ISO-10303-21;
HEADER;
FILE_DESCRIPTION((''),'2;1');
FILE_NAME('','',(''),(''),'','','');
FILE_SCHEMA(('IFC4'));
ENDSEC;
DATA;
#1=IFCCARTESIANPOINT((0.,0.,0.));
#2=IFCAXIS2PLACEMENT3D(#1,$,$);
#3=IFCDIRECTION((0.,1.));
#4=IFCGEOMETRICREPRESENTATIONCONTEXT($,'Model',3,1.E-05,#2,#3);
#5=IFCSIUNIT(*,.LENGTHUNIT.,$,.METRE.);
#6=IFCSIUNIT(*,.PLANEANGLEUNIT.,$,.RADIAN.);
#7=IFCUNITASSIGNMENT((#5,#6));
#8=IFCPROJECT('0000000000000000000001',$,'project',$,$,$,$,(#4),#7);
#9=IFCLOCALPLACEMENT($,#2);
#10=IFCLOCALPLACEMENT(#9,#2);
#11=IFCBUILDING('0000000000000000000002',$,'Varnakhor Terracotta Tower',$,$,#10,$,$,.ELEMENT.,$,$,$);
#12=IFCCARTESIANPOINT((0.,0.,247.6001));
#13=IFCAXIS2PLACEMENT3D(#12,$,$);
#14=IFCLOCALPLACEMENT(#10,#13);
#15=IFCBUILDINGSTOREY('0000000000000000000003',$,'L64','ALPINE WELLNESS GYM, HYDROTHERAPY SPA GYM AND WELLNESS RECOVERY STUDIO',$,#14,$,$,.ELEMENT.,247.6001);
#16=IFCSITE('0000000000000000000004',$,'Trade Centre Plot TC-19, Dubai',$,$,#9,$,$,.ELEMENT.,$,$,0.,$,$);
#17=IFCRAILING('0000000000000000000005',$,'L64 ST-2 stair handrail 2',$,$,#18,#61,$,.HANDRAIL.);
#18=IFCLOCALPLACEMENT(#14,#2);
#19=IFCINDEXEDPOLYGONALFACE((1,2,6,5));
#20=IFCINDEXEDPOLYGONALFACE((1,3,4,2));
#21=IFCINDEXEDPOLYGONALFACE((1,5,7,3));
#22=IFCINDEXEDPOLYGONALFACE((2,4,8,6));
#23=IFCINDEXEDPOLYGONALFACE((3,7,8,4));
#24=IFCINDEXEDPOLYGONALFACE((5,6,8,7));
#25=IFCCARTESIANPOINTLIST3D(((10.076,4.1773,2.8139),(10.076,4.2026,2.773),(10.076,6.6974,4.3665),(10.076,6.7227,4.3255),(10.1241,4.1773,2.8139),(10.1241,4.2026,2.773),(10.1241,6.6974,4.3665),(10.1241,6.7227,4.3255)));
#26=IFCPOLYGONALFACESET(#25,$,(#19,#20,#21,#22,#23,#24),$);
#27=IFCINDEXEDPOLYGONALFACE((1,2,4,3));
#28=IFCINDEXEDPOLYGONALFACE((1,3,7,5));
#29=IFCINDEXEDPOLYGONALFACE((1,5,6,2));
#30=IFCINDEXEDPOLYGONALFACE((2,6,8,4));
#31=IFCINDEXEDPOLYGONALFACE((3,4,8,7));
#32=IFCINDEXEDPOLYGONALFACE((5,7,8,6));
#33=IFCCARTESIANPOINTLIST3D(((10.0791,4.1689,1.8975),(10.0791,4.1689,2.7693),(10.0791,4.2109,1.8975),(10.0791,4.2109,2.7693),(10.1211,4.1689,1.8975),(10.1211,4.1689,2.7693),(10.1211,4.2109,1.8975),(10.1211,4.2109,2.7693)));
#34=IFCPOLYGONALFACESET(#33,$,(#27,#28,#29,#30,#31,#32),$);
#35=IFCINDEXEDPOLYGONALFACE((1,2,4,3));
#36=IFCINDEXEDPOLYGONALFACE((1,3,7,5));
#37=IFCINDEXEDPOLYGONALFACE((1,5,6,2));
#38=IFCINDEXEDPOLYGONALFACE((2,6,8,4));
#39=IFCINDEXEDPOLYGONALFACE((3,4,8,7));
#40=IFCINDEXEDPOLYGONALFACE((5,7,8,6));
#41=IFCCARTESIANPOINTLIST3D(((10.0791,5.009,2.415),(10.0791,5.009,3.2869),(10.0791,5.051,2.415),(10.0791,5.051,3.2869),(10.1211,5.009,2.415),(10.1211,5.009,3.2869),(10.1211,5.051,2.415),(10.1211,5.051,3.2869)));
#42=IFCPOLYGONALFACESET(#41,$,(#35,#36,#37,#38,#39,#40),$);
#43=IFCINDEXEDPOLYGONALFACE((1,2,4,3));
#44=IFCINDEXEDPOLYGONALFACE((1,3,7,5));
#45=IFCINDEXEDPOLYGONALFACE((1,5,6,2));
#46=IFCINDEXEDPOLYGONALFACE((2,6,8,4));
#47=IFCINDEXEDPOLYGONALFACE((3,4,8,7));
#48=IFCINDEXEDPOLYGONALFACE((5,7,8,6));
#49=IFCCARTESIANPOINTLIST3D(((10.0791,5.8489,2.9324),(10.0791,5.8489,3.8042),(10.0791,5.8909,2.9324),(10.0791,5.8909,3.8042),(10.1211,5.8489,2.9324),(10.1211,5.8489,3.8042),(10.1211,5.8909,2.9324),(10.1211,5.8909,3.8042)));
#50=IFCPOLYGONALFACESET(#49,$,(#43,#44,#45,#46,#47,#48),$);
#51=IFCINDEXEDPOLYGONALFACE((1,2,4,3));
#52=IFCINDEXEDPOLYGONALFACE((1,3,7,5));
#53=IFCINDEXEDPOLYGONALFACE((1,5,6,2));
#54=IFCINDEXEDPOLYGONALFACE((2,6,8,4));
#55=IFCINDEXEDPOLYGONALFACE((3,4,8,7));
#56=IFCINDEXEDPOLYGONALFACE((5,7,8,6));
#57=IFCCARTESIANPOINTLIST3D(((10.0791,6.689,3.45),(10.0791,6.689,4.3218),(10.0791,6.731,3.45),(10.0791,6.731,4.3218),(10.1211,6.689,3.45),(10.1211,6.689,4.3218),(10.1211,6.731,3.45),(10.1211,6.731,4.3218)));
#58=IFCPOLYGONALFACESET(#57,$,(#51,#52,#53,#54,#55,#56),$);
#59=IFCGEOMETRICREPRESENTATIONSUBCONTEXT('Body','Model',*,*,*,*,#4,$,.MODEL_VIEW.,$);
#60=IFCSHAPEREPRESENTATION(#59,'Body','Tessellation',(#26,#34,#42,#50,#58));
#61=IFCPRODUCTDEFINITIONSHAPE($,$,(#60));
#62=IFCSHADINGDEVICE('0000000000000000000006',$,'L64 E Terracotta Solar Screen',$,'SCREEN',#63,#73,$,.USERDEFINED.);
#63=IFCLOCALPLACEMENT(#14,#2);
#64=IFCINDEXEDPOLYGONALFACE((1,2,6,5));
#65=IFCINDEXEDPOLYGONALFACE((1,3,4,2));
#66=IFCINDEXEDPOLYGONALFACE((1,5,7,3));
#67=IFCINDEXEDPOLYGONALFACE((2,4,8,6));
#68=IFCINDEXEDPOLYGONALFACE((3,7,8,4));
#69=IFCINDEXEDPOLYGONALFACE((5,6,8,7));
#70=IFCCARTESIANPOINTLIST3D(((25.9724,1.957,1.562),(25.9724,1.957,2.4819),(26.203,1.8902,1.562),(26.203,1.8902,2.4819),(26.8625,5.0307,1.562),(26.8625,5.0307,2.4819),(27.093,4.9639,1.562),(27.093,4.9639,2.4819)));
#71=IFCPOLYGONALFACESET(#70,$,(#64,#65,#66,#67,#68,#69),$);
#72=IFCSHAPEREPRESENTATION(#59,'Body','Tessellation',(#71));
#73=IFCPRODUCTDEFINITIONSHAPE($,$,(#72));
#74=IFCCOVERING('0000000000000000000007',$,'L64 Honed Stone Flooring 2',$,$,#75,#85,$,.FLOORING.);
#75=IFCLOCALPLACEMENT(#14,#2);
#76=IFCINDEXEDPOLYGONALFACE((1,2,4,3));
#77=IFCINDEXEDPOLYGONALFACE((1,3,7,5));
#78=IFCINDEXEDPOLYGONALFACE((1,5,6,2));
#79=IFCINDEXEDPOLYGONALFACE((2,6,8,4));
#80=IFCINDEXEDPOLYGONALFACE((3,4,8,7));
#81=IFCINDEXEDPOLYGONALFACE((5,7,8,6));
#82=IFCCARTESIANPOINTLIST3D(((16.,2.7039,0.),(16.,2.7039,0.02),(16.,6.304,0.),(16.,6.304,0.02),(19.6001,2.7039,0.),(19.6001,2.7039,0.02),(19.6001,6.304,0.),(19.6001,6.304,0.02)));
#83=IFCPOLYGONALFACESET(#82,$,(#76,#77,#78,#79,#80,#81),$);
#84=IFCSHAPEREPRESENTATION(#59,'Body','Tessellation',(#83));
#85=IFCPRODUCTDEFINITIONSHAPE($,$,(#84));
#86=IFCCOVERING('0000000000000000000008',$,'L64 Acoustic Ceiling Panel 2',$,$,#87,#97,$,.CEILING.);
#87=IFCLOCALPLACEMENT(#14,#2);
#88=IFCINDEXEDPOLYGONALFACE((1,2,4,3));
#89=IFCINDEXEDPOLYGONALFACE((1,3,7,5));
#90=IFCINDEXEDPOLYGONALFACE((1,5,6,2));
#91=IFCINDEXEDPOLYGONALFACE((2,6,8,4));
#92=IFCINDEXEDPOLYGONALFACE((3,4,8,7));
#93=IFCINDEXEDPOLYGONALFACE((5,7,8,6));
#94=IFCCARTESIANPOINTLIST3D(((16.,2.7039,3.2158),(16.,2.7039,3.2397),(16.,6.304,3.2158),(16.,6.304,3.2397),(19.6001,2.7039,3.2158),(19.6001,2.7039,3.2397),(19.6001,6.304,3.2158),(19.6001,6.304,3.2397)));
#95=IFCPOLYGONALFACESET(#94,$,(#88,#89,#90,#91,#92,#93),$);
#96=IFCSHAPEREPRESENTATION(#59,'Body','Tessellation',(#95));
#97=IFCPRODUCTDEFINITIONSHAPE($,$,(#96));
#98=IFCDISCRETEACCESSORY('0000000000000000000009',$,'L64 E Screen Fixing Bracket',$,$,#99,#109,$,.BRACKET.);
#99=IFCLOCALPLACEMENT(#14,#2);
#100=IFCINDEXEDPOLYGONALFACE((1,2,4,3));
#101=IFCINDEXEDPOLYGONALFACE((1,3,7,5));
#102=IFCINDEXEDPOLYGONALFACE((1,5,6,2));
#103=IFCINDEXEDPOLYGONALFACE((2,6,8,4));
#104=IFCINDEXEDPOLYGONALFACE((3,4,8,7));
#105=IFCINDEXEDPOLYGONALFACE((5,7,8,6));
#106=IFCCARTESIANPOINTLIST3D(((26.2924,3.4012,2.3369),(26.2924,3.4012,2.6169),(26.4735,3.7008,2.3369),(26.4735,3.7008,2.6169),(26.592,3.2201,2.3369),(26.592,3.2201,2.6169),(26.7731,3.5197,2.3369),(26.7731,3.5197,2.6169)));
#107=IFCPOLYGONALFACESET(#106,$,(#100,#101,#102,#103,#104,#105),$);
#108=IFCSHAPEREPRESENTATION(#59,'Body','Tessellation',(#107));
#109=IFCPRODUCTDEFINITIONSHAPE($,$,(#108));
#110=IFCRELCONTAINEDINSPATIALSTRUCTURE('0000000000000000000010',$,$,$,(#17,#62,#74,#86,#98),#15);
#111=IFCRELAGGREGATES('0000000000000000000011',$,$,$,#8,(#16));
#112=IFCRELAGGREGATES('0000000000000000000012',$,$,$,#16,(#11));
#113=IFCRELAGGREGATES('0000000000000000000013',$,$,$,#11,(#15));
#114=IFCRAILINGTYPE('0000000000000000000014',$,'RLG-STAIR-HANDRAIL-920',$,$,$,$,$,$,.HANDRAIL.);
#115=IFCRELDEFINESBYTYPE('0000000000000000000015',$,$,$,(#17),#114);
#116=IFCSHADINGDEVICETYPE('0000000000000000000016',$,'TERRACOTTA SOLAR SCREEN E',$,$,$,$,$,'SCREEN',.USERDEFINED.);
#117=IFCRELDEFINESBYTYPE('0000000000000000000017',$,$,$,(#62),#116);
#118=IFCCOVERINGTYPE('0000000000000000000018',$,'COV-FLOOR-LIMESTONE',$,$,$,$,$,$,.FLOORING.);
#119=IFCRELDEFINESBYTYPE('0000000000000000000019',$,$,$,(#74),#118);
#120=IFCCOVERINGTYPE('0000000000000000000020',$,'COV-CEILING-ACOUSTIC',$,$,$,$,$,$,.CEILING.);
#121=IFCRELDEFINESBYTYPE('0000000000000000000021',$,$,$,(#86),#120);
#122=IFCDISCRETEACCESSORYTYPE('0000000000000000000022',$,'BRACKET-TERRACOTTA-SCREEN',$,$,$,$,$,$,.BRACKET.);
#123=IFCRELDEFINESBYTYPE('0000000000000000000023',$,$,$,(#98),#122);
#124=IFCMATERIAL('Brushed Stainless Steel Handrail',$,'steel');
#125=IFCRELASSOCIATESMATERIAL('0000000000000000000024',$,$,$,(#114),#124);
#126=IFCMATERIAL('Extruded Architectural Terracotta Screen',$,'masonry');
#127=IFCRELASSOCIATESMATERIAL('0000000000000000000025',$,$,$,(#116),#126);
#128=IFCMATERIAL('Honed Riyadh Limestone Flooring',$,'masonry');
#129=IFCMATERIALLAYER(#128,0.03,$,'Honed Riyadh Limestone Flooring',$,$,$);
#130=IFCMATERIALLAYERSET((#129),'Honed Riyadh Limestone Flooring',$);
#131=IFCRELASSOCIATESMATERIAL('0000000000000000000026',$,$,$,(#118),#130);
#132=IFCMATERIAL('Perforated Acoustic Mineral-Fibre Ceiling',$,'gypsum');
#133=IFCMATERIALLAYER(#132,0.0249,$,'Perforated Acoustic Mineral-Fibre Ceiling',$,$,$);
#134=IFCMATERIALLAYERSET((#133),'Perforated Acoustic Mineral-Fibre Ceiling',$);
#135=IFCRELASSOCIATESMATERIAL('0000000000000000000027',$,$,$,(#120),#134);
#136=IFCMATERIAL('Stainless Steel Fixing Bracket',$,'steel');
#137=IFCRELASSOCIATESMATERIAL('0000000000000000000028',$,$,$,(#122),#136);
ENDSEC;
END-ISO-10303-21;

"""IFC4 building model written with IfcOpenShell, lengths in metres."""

from ifc_helpers import new_model, si_unit, direction, frame, origin, origin_2d, place, context, subcontext, project, spatial, rectangle, extrude, source, transform, mapped, material, layer, layer_set, type_object, type_shapes, element, save


model = new_model("IFC4")

# Units and contexts
model_context = context("Model", 3, precision=1e-05, world=origin(), true_north=direction((0.0, 1.0)))
body_context = subcontext(model_context, "Body", "Model", "MODEL_VIEW")
ifc_project = project(units=[si_unit("LENGTHUNIT", "METRE"), si_unit("PLANEANGLEUNIT", "RADIAN")], contexts=[model_context])

# Site, building, storey
site_placement = place(None, origin())
site = spatial("IfcSite", under=ifc_project, at=site_placement, Name="Trade Centre Plot TC-19, Dubai", CompositionType="ELEMENT", RefElevation=0.0)
building_placement = place(site_placement, origin())
building = spatial("IfcBuilding", under=site, at=building_placement, Name="Varnakhor Terracotta Tower", CompositionType="ELEMENT")
storey_placement = place(building_placement, frame((0.0, 0.0, 247.6001)))
storey = spatial("IfcBuildingStorey", under=building, at=storey_placement, Name="L64", Description="ALPINE WELLNESS GYM, HYDROTHERAPY SPA GYM AND WELLNESS RECOVERY STUDIO", CompositionType="ELEMENT", Elevation=247.6001)

# Railing
ifc_material_1 = material(Name="Brushed Stainless Steel Handrail", Category="steel")
railing_type = type_object("IfcRailingType", Name="RLG-STAIR-HANDRAIL-920", PredefinedType="HANDRAIL", material=ifc_material_1)
railing_placement = place(storey_placement, frame((10.1001, 4.1899, 1.8975)))
element("IfcRailing", 1, at=railing_placement, inside=storey, type_object=railing_type, Name="L64 ST-2 stair handrail 2", PredefinedType="HANDRAIL", context=body_context, shape_type="SweptSolid", body=[
    extrude(rectangle(XDim=0.0481, YDim=0.0481, at=origin_2d()), frame((0.0, 0.0, 0.896), z_axis=(0.0, 0.8514, 0.524516), x_axis=(-1.0, 0.0, 0.0)), (0.0, 0.0, 1.0), 2.96),
    extrude(rectangle(XDim=0.042, YDim=0.042, at=origin_2d()), origin(), (0.0, 0.0, 1.0), 0.8718),
    extrude(rectangle(XDim=0.042, YDim=0.042, at=origin_2d()), frame((0.0, 0.8401, 0.5176)), (0.0, 0.0, 1.0), 0.8718),
    extrude(rectangle(XDim=0.042, YDim=0.042, at=origin_2d()), frame((0.0, 1.6799, 1.0349)), (0.0, 0.0, 1.0), 0.8718),
    extrude(rectangle(XDim=0.042, YDim=0.042, at=origin_2d()), frame((0.0, 2.52, 1.5525)), (0.0, 0.0, 1.0), 0.8718),
])

# Shading device
ifc_material_2 = material(Name="Extruded Architectural Terracotta Screen", Category="masonry")
shading_device_type = type_object("IfcShadingDeviceType", Name="TERRACOTTA SOLAR SCREEN E", ElementType="SCREEN", PredefinedType="USERDEFINED", material=ifc_material_2)
shared_shape_1 = source(origin(), body_context, "Body", "SweptSolid", [
    extrude(rectangle(XDim=3.2, YDim=0.24, at=origin_2d()), origin(), (0.0, 0.0, 1.0), 0.9199),
])
type_shapes(shading_device_type, [shared_shape_1])
shading_device_placement = place(storey_placement, frame((26.5327, 3.4604, 1.562), z_axis=(0.0, 0.0, 1.0), x_axis=(0.278136, 0.960542, 0.0)))
element("IfcShadingDevice", 2, at=shading_device_placement, inside=storey, type_object=shading_device_type, Name="L64 E Terracotta Solar Screen", ObjectType="SCREEN", PredefinedType="USERDEFINED", context=body_context, shape_type="MappedRepresentation", body=[
    mapped(shared_shape_1, transform((0.0, 0.0, 0.0), scale=1.0)),
])

# Coverings
ifc_material_3 = material(Name="Honed Riyadh Limestone Flooring", Category="masonry")
ifc_layer_1 = layer(ifc_material_3, 0.03, Name="Honed Riyadh Limestone Flooring")
ifc_layer_set_1 = layer_set([ifc_layer_1], Name="Honed Riyadh Limestone Flooring")
covering_type_1 = type_object("IfcCoveringType", Name="COV-FLOOR-LIMESTONE", PredefinedType="FLOORING", material=ifc_layer_set_1)
shared_shape_2 = source(origin(), body_context, "Body", "SweptSolid", [
    extrude(rectangle(XDim=3.6001, YDim=3.6001, at=origin_2d()), origin(), (0.0, 0.0, 1.0), 0.02),
])
covering_1_placement = place(storey_placement, frame((17.8, 4.5039, 0.0), z_axis=(0.0, 0.0, 1.0), x_axis=(1.0, 0.0, 0.0)))
element("IfcCovering", 3, at=covering_1_placement, inside=storey, type_object=covering_type_1, Name="L64 Honed Stone Flooring 2", PredefinedType="FLOORING", context=body_context, shape_type="MappedRepresentation", body=[
    mapped(shared_shape_2, transform((0.0, 0.0, 0.0), scale=1.0)),
])
ifc_material_4 = material(Name="Perforated Acoustic Mineral-Fibre Ceiling", Category="gypsum")
ifc_layer_2 = layer(ifc_material_4, 0.0249, Name="Perforated Acoustic Mineral-Fibre Ceiling")
ifc_layer_set_2 = layer_set([ifc_layer_2], Name="Perforated Acoustic Mineral-Fibre Ceiling")
covering_type_2 = type_object("IfcCoveringType", Name="COV-CEILING-ACOUSTIC", PredefinedType="CEILING", material=ifc_layer_set_2)
shared_shape_3 = source(origin(), body_context, "Body", "SweptSolid", [
    extrude(rectangle(XDim=3.6001, YDim=3.6001, at=origin_2d()), origin(), (0.0, 0.0, 1.0), 0.0239),
])
covering_2_placement = place(storey_placement, frame((17.8, 4.5039, 3.2158), z_axis=(0.0, 0.0, 1.0), x_axis=(1.0, 0.0, 0.0)))
element("IfcCovering", 4, at=covering_2_placement, inside=storey, type_object=covering_type_2, Name="L64 Acoustic Ceiling Panel 2", PredefinedType="CEILING", context=body_context, shape_type="MappedRepresentation", body=[
    mapped(shared_shape_3, transform((0.0, 0.0, 0.0), scale=1.0)),
])

# Discrete accessory
ifc_material_5 = material(Name="Stainless Steel Fixing Bracket", Category="steel")
discrete_accessory_type = type_object("IfcDiscreteAccessoryType", Name="BRACKET-TERRACOTTA-SCREEN", PredefinedType="BRACKET", material=ifc_material_5)
shared_shape_4 = source(origin(), body_context, "Body", "SweptSolid", [
    extrude(rectangle(XDim=0.3501, YDim=0.3501, at=origin_2d()), origin(), (0.0, 0.0, 1.0), 0.28),
])
type_shapes(discrete_accessory_type, [shared_shape_4])
discrete_accessory_placement = place(storey_placement, frame((26.5327, 3.4604, 2.3369), z_axis=(0.0, 0.0, 1.0), x_axis=(0.517265, 0.855825, 0.0)))
element("IfcDiscreteAccessory", 5, at=discrete_accessory_placement, inside=storey, type_object=discrete_accessory_type, Name="L64 E Screen Fixing Bracket", PredefinedType="BRACKET", context=body_context, shape_type="MappedRepresentation", body=[
    mapped(shared_shape_4, transform((0.0, 0.0, 0.0), scale=1.0)),
])

save(model, "model.ifc")
